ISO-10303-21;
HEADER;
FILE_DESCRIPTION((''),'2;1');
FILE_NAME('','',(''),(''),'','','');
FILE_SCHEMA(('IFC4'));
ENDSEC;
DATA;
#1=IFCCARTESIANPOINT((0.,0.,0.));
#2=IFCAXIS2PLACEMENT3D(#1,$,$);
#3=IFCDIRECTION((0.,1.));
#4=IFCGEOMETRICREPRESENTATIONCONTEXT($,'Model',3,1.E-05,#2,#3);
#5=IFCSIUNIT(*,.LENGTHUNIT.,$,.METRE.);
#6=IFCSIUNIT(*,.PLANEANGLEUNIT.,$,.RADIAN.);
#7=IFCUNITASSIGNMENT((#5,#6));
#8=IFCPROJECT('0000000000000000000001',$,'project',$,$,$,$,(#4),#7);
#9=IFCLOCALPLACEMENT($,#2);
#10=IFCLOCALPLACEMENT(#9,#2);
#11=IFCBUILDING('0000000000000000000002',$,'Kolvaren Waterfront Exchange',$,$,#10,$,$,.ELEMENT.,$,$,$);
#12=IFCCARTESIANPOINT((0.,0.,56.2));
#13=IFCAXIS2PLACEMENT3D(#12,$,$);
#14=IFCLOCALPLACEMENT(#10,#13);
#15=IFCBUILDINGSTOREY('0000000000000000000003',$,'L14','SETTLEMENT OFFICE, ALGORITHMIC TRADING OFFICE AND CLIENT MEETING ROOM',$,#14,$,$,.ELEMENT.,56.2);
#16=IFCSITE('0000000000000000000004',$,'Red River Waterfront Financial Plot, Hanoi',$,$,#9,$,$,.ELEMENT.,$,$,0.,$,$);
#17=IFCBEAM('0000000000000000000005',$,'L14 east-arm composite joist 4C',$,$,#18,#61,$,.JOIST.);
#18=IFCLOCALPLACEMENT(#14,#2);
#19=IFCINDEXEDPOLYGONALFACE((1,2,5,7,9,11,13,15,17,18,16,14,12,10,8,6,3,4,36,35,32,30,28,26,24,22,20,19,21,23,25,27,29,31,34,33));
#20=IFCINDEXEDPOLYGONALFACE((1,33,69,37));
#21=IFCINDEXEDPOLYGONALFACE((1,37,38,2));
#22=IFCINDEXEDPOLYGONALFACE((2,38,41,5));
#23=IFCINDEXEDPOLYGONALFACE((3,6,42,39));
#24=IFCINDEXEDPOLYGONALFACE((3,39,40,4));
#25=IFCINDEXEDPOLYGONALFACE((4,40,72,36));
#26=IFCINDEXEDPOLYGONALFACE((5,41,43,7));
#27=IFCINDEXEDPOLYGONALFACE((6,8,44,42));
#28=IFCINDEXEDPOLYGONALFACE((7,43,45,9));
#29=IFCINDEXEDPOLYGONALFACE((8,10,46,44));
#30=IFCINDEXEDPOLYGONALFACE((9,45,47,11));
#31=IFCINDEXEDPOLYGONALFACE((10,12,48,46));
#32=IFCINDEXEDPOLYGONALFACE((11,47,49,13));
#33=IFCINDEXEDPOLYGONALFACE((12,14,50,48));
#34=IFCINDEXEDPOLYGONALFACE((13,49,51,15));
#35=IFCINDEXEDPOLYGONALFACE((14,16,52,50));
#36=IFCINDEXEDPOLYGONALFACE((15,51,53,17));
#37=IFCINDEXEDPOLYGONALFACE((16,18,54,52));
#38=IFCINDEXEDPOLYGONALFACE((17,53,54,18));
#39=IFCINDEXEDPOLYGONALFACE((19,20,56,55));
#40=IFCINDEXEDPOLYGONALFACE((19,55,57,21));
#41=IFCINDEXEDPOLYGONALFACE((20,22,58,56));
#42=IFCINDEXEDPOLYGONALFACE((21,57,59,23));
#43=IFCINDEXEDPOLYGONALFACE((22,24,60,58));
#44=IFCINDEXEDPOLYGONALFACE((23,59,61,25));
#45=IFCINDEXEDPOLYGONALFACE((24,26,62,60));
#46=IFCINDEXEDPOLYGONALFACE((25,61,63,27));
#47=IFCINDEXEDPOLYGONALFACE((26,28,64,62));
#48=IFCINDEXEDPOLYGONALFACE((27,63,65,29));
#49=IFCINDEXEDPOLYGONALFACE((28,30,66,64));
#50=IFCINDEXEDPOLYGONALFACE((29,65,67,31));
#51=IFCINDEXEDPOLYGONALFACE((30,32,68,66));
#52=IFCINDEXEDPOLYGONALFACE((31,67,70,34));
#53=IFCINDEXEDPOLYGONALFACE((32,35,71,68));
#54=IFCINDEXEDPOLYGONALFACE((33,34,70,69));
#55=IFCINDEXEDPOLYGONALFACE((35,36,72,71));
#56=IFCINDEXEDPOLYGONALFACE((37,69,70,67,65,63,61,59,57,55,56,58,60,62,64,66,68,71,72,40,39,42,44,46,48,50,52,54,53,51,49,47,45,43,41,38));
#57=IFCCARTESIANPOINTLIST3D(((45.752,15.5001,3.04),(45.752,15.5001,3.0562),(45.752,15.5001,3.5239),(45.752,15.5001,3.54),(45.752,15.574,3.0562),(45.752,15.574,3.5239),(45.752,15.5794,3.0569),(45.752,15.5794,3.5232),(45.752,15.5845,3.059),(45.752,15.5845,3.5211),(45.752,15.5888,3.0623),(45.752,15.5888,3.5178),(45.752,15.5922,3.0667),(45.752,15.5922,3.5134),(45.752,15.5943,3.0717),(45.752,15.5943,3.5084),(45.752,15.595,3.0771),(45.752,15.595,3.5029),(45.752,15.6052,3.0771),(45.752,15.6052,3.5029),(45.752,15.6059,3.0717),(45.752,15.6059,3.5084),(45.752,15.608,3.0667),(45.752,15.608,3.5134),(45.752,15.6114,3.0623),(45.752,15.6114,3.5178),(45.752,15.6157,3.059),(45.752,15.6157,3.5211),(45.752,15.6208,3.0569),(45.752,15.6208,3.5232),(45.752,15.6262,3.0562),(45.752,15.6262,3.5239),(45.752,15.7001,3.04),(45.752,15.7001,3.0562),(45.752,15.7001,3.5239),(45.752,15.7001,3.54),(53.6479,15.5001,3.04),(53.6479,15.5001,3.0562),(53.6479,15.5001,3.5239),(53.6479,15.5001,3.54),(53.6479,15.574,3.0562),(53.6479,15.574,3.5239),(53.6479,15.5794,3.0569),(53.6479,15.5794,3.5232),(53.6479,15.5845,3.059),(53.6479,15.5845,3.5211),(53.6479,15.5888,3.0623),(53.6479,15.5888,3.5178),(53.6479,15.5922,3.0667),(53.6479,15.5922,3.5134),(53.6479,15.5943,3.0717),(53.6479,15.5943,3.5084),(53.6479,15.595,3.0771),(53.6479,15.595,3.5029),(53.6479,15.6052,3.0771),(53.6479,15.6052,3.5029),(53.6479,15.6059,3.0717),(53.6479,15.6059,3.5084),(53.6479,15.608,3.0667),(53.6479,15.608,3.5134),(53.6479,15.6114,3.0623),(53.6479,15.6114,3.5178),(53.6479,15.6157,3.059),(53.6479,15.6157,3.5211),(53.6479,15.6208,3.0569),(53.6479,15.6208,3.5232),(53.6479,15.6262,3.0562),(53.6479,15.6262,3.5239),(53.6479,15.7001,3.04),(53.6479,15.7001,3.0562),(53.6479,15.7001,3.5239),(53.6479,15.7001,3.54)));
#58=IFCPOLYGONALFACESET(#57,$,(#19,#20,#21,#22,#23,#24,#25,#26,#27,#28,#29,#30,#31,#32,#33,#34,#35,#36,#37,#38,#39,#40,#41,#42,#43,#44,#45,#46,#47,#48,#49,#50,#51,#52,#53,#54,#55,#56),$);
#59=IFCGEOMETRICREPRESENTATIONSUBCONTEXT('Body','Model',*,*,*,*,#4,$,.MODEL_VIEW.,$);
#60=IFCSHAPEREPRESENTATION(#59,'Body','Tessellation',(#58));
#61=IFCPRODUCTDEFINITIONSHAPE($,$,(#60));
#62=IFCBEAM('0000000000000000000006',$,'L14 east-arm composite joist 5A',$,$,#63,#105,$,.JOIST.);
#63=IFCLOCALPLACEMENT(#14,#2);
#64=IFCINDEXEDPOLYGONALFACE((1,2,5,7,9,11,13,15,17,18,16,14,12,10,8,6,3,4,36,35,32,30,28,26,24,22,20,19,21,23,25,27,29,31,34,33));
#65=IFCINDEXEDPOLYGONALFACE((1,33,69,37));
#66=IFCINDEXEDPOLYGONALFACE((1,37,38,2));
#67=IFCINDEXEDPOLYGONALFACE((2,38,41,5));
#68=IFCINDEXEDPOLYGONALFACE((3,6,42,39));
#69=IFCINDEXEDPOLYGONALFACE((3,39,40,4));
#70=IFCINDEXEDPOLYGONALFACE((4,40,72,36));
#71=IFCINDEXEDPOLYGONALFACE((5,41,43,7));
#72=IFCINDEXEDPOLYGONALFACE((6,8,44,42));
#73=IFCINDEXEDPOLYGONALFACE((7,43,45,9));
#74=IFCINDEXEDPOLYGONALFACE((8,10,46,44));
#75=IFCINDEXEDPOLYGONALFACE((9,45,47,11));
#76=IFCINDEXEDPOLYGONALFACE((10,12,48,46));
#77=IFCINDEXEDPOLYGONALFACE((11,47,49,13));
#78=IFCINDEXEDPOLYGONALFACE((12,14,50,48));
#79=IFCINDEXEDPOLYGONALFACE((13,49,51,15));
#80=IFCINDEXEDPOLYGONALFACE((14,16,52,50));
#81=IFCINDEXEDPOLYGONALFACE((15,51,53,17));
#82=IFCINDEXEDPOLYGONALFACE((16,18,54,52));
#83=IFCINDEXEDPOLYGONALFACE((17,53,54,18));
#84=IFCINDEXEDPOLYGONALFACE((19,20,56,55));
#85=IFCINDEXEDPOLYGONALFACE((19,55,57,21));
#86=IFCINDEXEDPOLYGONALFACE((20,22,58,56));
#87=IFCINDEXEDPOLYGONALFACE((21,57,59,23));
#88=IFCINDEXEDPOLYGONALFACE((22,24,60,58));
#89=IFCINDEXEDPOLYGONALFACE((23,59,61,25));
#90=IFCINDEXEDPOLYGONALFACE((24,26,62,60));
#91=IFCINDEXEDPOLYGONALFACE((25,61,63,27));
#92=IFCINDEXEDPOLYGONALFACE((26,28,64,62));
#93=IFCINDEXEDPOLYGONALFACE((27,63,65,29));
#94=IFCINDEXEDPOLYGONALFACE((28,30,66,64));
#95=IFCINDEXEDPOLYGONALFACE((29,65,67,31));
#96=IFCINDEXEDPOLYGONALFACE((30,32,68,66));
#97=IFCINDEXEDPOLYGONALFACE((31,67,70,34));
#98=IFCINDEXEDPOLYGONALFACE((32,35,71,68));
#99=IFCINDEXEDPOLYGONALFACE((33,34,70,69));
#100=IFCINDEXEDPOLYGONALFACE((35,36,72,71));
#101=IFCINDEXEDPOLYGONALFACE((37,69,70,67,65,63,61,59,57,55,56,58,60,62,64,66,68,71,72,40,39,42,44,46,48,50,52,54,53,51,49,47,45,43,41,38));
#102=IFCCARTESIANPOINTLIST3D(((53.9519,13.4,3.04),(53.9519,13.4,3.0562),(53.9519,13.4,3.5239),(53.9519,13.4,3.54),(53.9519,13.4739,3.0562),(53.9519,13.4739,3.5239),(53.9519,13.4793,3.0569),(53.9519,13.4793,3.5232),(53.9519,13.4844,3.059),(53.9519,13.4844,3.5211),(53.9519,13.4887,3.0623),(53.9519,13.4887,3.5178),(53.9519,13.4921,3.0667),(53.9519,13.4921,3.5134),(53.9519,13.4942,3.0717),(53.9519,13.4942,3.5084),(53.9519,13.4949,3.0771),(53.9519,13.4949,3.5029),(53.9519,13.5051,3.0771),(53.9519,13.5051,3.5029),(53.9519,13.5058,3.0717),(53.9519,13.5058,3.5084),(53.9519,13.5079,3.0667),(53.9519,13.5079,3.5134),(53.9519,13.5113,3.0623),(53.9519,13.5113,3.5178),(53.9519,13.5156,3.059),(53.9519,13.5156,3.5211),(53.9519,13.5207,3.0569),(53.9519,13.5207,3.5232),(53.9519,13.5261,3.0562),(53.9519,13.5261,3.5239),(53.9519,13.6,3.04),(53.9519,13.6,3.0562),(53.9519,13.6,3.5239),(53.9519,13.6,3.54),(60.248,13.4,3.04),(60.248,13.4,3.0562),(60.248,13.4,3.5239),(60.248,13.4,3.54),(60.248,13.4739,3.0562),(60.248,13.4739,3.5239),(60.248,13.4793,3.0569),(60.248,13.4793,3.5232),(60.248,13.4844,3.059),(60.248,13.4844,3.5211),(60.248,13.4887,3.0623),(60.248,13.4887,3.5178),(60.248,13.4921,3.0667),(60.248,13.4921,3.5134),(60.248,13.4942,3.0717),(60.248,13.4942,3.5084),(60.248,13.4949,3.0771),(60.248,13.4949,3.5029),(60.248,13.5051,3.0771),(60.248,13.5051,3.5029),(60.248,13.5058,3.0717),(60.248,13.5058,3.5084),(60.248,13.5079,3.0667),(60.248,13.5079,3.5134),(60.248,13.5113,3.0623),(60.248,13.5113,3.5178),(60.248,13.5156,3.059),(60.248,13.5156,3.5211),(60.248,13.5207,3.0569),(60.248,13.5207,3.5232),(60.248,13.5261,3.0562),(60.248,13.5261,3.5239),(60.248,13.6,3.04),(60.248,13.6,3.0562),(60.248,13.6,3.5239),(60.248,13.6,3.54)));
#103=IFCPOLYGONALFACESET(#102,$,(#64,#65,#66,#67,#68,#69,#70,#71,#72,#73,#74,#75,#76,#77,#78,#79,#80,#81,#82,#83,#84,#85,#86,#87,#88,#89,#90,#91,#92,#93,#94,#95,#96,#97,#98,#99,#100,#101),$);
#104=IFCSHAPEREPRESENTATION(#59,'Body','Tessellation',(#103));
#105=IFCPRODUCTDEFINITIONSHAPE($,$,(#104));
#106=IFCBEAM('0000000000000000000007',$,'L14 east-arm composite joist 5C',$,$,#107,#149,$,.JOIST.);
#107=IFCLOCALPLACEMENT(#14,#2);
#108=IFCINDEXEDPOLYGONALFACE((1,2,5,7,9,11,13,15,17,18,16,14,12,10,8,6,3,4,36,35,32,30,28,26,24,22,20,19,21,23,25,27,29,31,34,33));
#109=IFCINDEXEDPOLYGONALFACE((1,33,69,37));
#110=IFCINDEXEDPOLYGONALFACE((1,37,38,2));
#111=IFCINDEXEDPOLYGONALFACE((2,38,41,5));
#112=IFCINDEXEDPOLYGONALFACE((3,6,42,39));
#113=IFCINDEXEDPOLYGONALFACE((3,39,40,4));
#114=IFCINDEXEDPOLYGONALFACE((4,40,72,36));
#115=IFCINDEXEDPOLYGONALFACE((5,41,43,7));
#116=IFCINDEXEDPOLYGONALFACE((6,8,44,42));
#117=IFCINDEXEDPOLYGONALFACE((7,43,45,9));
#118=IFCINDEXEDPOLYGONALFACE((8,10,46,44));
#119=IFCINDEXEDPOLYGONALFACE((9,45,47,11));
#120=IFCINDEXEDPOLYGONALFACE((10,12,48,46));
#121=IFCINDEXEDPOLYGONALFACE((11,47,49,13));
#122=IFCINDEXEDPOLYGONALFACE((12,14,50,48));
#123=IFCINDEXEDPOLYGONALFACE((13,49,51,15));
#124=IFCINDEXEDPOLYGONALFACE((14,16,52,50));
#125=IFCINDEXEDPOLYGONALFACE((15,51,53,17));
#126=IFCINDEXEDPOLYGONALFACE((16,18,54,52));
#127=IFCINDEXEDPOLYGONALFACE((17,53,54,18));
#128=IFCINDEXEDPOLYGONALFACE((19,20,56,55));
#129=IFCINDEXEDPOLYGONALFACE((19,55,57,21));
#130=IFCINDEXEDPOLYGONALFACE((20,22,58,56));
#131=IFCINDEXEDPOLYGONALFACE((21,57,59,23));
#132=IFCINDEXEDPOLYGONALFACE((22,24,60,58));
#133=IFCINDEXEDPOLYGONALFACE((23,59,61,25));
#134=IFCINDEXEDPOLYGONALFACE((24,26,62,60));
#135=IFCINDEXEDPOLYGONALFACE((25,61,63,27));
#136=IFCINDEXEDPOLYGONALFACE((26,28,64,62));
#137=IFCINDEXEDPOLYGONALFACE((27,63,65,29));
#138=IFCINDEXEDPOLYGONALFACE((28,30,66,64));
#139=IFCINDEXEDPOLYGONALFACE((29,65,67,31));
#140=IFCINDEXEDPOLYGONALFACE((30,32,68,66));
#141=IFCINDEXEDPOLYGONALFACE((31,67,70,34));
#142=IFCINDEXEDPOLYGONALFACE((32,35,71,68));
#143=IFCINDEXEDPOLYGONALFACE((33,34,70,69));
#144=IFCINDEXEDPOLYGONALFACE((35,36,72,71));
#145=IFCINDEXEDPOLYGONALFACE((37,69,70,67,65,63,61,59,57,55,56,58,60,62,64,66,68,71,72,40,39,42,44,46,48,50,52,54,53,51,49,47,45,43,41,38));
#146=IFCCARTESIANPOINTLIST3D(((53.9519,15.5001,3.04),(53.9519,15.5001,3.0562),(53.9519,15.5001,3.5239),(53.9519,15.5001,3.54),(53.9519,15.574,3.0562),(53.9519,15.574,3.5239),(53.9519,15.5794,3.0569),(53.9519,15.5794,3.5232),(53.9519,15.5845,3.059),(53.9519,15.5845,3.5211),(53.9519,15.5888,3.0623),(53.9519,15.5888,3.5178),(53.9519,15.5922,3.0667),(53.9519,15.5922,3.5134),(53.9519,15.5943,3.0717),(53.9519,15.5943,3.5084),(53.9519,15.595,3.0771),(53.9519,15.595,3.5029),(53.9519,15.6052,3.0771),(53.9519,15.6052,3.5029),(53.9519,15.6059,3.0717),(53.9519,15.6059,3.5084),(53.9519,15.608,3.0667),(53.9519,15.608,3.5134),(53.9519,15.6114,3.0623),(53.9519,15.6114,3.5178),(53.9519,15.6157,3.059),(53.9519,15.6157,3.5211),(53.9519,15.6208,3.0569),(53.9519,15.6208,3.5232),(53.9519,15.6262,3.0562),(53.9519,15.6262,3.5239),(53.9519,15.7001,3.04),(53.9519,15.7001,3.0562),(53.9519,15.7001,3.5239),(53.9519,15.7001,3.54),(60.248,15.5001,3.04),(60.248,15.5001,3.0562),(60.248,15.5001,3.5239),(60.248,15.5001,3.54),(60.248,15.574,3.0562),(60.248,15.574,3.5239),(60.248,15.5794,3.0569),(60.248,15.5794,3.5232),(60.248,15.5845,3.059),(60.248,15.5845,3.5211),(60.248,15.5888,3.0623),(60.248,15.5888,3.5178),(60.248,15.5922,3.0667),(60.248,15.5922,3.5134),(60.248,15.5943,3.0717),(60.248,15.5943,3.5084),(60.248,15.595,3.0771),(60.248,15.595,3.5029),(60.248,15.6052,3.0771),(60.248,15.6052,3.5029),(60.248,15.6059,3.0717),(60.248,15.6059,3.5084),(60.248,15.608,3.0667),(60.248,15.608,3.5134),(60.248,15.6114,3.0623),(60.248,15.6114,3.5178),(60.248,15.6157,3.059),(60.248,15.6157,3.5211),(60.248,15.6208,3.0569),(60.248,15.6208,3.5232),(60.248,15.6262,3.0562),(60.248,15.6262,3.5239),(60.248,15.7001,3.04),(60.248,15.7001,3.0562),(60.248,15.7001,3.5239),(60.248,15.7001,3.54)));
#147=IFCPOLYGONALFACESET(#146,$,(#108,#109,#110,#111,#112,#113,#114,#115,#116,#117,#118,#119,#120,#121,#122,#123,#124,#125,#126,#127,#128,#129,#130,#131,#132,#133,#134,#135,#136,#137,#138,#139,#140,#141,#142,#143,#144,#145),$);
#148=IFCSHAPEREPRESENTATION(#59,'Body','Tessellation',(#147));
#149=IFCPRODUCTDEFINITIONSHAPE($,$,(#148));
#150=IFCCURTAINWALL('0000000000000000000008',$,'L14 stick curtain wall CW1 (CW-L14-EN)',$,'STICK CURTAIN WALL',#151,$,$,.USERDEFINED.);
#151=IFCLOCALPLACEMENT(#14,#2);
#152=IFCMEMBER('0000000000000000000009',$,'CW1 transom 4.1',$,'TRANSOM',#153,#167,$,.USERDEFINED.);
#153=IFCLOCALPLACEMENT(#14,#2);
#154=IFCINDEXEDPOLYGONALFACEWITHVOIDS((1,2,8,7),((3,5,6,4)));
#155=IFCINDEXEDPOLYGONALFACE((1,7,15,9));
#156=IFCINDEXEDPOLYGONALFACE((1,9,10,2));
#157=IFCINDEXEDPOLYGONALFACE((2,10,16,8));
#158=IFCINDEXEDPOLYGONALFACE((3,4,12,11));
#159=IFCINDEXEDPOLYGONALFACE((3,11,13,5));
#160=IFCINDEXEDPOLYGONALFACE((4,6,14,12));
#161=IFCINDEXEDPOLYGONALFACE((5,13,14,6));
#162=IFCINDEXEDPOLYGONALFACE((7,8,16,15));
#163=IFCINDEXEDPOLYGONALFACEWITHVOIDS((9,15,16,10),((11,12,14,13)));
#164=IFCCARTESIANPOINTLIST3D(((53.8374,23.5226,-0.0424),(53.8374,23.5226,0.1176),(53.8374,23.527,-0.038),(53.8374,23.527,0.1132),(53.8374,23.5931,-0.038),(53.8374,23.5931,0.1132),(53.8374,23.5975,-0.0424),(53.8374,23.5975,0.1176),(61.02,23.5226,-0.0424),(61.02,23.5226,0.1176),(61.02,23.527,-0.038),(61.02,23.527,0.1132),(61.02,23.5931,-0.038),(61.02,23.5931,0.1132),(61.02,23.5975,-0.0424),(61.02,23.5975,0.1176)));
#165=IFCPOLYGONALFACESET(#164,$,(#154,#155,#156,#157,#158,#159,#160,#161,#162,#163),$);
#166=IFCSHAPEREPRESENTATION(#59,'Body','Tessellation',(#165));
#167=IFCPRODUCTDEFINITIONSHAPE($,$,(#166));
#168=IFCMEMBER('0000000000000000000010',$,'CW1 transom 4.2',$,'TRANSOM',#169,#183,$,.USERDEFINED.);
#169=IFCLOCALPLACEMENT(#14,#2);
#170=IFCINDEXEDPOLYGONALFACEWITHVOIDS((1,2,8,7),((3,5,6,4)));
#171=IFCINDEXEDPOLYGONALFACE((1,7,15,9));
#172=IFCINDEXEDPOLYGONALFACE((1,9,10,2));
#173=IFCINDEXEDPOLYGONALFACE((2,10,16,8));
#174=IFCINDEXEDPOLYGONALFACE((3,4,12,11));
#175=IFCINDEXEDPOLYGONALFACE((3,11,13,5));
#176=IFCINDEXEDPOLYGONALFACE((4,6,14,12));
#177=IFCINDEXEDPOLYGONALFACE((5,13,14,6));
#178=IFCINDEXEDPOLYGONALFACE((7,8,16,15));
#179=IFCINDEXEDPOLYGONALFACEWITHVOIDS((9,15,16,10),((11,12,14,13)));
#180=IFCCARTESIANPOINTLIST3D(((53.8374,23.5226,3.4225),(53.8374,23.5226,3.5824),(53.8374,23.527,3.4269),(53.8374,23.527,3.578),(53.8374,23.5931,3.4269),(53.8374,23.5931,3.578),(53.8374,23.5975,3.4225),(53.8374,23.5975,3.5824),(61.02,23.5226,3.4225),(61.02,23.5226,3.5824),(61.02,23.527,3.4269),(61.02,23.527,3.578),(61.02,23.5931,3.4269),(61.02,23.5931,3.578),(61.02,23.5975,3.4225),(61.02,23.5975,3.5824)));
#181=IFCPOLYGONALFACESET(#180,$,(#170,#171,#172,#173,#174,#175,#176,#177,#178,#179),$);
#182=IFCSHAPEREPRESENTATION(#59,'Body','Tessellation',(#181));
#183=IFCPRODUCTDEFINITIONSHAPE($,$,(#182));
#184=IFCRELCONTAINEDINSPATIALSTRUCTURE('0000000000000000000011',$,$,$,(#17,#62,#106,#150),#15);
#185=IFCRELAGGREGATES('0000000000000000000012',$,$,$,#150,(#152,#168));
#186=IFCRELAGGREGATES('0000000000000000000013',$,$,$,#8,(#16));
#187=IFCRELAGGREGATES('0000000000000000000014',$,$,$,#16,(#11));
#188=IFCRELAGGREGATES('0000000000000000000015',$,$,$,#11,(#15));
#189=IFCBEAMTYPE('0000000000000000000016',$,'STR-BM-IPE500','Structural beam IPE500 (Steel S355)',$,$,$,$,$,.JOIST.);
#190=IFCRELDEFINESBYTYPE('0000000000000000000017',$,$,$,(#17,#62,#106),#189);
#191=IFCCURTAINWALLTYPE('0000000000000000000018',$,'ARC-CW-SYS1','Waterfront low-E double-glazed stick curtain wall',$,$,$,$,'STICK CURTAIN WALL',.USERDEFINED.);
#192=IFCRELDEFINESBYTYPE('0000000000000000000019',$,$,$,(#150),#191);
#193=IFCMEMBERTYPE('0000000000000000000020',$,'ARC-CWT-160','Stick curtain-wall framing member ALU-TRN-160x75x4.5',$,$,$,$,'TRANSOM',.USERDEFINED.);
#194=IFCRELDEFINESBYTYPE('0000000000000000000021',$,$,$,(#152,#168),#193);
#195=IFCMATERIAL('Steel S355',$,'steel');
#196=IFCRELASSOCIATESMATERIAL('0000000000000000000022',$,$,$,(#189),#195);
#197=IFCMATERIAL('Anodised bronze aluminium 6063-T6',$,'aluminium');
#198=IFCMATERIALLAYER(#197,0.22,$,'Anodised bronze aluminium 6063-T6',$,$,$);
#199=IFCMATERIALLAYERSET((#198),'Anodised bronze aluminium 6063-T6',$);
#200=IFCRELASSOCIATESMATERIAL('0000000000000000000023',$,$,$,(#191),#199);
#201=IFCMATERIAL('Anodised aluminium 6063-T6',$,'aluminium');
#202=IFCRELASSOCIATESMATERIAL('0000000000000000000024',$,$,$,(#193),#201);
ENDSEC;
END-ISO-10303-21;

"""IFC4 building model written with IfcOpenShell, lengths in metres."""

from ifc_helpers import new_model, si_unit, direction, frame, origin, origin_with_axes, origin_2d, place, context, subcontext, project, spatial, hollow_rectangle, i_section, extrude, source, transform, mapped, material, layer, layer_set, material_profile, profile_set, type_object, element, aggregate, save


model = new_model("IFC4")

# Units and contexts
model_context = context("Model", 3, precision=1e-05, world=origin(), true_north=direction((0.0, 1.0)))
body_context = subcontext(model_context, "Body", "Model", "MODEL_VIEW")
ifc_project = project(units=[si_unit("LENGTHUNIT", "METRE"), si_unit("PLANEANGLEUNIT", "RADIAN")], contexts=[model_context])

# Site, building, storey
site_placement = place(None, origin())
site = spatial("IfcSite", under=ifc_project, at=site_placement, Name="Red River Waterfront Financial Plot, Hanoi", CompositionType="ELEMENT", RefElevation=0.0)
building_placement = place(site_placement, origin())
building = spatial("IfcBuilding", under=site, at=building_placement, Name="Kolvaren Waterfront Exchange", CompositionType="ELEMENT")
storey_placement = place(building_placement, frame((0.0, 0.0, 56.2)))
storey = spatial("IfcBuildingStorey", under=building, at=storey_placement, Name="L14", Description="SETTLEMENT OFFICE, ALGORITHMIC TRADING OFFICE AND CLIENT MEETING ROOM", CompositionType="ELEMENT", Elevation=56.2)

# Beams
ifc_material_1 = material(Name="Steel S355", Category="steel")
ifc_material_profile_1 = material_profile(ifc_material_1, i_section(OverallWidth=0.2, OverallDepth=0.5, WebThickness=0.0103, FlangeThickness=0.0161, FilletRadius=0.021, at=origin_2d()), Name="IPE500")
ifc_profile_set_1 = profile_set([ifc_material_profile_1], Name="Steel S355")
beam_type_1 = type_object("IfcBeamType", Name="STR-BM-IPE500", Description="Structural beam IPE500 (Steel S355)", PredefinedType="JOIST", material=ifc_profile_set_1)
for number, where, z_axis, x_axis, name in (
    (1, (45.752, 15.6001, 3.29), (1.0, 0.0, 0.0), (0.0, 1.0, 0.0), "L14 east-arm composite joist 4C"),
):
    element("IfcBeam", number, at=place(storey_placement, frame(where, z_axis=z_axis, x_axis=x_axis)), inside=storey, type_object=beam_type_1, Name=name, PredefinedType="JOIST", context=body_context, shape_type="SweptSolid", body=[
        extrude(i_section(OverallWidth=0.2, OverallDepth=0.5, WebThickness=0.0103, FlangeThickness=0.0161, FilletRadius=0.021, at=origin_2d()), origin(), (0.0, 0.0, 1.0), 7.896),
    ])
for number, where, z_axis, x_axis, name in (
    (2, (53.9519, 13.5, 3.29), (1.0, 0.0, 0.0), (0.0, 1.0, 0.0), "L14 east-arm composite joist 5A"),
    (3, (53.9519, 15.6001, 3.29), (1.0, 0.0, 0.0), (0.0, 1.0, 0.0), "L14 east-arm composite joist 5C"),
):
    element("IfcBeam", number, at=place(storey_placement, frame(where, z_axis=z_axis, x_axis=x_axis)), inside=storey, type_object=beam_type_1, Name=name, PredefinedType="JOIST", context=body_context, shape_type="SweptSolid", body=[
        extrude(i_section(OverallWidth=0.2, OverallDepth=0.5, WebThickness=0.0103, FlangeThickness=0.0161, FilletRadius=0.021, at=origin_2d()), origin(), (0.0, 0.0, 1.0), 6.2961),
    ])

# Curtain wall, members
ifc_material_2 = material(Name="Anodised bronze aluminium 6063-T6", Category="aluminium")
ifc_layer_1 = layer(ifc_material_2, 0.22, Name="Anodised bronze aluminium 6063-T6")
ifc_layer_set_1 = layer_set([ifc_layer_1], Name="Anodised bronze aluminium 6063-T6")
curtain_wall_type = type_object("IfcCurtainWallType", Name="ARC-CW-SYS1", Description="Waterfront low-E double-glazed stick curtain wall", ElementType="STICK CURTAIN WALL", PredefinedType="USERDEFINED", material=ifc_layer_set_1)
curtain_wall_placement = place(storey_placement, origin())
curtain_wall = element("IfcCurtainWall", 4, at=curtain_wall_placement, inside=storey, type_object=curtain_wall_type, Name="L14 stick curtain wall CW1 (CW-L14-EN)", ObjectType="STICK CURTAIN WALL", PredefinedType="USERDEFINED")
ifc_material_3 = material(Name="Anodised aluminium 6063-T6", Category="aluminium")
ifc_material_profile_2 = material_profile(ifc_material_3, hollow_rectangle(XDim=0.075, YDim=0.1599, WallThickness=0.0044, at=origin_2d()), Name="ALU-TRN-160x75x4.5")
ifc_profile_set_2 = profile_set([ifc_material_profile_2], Name="Anodised aluminium 6063-T6")
member_type_1 = type_object("IfcMemberType", Name="ARC-CWT-160", Description="Stick curtain-wall framing member ALU-TRN-160x75x4.5", ElementType="TRANSOM", PredefinedType="USERDEFINED", material=ifc_profile_set_2)
shared_shape_1 = source(origin_with_axes(), body_context, "Body", "SweptSolid", [
    extrude(hollow_rectangle(XDim=0.075, YDim=0.1599, WallThickness=0.0044, at=origin_2d()), origin(), (0.0, 0.0, 1.0), 7.1826),
])
member_1_placement = place(storey_placement, frame((53.8374, 23.5601, 0.0376), z_axis=(1.0, 0.0, 0.0), x_axis=(0.0, 1.0, 0.0)))
member_1 = element("IfcMember", 5, at=member_1_placement, type_object=member_type_1, Name="CW1 transom 4.1", ObjectType="TRANSOM", PredefinedType="USERDEFINED", context=body_context, shape_type="MappedRepresentation", body=[
    mapped(shared_shape_1, transform((0.0, 0.0, 0.0), x_axis=(1.0, 0.0, 0.0), y_axis=(0.0, 1.0, 0.0), z_axis=(0.0, 0.0, 1.0), scale=1.0)),
])
member_2_placement = place(storey_placement, frame((53.8374, 23.5601, 3.5024), z_axis=(1.0, 0.0, 0.0), x_axis=(0.0, 1.0, 0.0)))
member_2 = element("IfcMember", 6, at=member_2_placement, type_object=member_type_1, Name="CW1 transom 4.2", ObjectType="TRANSOM", PredefinedType="USERDEFINED", context=body_context, shape_type="MappedRepresentation", body=[
    mapped(shared_shape_1, transform((0.0, 0.0, 0.0), x_axis=(1.0, 0.0, 0.0), y_axis=(0.0, 1.0, 0.0), z_axis=(0.0, 0.0, 1.0), scale=1.0)),
])
aggregate(curtain_wall, [member_1, member_2])

save(model, "model.ifc")
